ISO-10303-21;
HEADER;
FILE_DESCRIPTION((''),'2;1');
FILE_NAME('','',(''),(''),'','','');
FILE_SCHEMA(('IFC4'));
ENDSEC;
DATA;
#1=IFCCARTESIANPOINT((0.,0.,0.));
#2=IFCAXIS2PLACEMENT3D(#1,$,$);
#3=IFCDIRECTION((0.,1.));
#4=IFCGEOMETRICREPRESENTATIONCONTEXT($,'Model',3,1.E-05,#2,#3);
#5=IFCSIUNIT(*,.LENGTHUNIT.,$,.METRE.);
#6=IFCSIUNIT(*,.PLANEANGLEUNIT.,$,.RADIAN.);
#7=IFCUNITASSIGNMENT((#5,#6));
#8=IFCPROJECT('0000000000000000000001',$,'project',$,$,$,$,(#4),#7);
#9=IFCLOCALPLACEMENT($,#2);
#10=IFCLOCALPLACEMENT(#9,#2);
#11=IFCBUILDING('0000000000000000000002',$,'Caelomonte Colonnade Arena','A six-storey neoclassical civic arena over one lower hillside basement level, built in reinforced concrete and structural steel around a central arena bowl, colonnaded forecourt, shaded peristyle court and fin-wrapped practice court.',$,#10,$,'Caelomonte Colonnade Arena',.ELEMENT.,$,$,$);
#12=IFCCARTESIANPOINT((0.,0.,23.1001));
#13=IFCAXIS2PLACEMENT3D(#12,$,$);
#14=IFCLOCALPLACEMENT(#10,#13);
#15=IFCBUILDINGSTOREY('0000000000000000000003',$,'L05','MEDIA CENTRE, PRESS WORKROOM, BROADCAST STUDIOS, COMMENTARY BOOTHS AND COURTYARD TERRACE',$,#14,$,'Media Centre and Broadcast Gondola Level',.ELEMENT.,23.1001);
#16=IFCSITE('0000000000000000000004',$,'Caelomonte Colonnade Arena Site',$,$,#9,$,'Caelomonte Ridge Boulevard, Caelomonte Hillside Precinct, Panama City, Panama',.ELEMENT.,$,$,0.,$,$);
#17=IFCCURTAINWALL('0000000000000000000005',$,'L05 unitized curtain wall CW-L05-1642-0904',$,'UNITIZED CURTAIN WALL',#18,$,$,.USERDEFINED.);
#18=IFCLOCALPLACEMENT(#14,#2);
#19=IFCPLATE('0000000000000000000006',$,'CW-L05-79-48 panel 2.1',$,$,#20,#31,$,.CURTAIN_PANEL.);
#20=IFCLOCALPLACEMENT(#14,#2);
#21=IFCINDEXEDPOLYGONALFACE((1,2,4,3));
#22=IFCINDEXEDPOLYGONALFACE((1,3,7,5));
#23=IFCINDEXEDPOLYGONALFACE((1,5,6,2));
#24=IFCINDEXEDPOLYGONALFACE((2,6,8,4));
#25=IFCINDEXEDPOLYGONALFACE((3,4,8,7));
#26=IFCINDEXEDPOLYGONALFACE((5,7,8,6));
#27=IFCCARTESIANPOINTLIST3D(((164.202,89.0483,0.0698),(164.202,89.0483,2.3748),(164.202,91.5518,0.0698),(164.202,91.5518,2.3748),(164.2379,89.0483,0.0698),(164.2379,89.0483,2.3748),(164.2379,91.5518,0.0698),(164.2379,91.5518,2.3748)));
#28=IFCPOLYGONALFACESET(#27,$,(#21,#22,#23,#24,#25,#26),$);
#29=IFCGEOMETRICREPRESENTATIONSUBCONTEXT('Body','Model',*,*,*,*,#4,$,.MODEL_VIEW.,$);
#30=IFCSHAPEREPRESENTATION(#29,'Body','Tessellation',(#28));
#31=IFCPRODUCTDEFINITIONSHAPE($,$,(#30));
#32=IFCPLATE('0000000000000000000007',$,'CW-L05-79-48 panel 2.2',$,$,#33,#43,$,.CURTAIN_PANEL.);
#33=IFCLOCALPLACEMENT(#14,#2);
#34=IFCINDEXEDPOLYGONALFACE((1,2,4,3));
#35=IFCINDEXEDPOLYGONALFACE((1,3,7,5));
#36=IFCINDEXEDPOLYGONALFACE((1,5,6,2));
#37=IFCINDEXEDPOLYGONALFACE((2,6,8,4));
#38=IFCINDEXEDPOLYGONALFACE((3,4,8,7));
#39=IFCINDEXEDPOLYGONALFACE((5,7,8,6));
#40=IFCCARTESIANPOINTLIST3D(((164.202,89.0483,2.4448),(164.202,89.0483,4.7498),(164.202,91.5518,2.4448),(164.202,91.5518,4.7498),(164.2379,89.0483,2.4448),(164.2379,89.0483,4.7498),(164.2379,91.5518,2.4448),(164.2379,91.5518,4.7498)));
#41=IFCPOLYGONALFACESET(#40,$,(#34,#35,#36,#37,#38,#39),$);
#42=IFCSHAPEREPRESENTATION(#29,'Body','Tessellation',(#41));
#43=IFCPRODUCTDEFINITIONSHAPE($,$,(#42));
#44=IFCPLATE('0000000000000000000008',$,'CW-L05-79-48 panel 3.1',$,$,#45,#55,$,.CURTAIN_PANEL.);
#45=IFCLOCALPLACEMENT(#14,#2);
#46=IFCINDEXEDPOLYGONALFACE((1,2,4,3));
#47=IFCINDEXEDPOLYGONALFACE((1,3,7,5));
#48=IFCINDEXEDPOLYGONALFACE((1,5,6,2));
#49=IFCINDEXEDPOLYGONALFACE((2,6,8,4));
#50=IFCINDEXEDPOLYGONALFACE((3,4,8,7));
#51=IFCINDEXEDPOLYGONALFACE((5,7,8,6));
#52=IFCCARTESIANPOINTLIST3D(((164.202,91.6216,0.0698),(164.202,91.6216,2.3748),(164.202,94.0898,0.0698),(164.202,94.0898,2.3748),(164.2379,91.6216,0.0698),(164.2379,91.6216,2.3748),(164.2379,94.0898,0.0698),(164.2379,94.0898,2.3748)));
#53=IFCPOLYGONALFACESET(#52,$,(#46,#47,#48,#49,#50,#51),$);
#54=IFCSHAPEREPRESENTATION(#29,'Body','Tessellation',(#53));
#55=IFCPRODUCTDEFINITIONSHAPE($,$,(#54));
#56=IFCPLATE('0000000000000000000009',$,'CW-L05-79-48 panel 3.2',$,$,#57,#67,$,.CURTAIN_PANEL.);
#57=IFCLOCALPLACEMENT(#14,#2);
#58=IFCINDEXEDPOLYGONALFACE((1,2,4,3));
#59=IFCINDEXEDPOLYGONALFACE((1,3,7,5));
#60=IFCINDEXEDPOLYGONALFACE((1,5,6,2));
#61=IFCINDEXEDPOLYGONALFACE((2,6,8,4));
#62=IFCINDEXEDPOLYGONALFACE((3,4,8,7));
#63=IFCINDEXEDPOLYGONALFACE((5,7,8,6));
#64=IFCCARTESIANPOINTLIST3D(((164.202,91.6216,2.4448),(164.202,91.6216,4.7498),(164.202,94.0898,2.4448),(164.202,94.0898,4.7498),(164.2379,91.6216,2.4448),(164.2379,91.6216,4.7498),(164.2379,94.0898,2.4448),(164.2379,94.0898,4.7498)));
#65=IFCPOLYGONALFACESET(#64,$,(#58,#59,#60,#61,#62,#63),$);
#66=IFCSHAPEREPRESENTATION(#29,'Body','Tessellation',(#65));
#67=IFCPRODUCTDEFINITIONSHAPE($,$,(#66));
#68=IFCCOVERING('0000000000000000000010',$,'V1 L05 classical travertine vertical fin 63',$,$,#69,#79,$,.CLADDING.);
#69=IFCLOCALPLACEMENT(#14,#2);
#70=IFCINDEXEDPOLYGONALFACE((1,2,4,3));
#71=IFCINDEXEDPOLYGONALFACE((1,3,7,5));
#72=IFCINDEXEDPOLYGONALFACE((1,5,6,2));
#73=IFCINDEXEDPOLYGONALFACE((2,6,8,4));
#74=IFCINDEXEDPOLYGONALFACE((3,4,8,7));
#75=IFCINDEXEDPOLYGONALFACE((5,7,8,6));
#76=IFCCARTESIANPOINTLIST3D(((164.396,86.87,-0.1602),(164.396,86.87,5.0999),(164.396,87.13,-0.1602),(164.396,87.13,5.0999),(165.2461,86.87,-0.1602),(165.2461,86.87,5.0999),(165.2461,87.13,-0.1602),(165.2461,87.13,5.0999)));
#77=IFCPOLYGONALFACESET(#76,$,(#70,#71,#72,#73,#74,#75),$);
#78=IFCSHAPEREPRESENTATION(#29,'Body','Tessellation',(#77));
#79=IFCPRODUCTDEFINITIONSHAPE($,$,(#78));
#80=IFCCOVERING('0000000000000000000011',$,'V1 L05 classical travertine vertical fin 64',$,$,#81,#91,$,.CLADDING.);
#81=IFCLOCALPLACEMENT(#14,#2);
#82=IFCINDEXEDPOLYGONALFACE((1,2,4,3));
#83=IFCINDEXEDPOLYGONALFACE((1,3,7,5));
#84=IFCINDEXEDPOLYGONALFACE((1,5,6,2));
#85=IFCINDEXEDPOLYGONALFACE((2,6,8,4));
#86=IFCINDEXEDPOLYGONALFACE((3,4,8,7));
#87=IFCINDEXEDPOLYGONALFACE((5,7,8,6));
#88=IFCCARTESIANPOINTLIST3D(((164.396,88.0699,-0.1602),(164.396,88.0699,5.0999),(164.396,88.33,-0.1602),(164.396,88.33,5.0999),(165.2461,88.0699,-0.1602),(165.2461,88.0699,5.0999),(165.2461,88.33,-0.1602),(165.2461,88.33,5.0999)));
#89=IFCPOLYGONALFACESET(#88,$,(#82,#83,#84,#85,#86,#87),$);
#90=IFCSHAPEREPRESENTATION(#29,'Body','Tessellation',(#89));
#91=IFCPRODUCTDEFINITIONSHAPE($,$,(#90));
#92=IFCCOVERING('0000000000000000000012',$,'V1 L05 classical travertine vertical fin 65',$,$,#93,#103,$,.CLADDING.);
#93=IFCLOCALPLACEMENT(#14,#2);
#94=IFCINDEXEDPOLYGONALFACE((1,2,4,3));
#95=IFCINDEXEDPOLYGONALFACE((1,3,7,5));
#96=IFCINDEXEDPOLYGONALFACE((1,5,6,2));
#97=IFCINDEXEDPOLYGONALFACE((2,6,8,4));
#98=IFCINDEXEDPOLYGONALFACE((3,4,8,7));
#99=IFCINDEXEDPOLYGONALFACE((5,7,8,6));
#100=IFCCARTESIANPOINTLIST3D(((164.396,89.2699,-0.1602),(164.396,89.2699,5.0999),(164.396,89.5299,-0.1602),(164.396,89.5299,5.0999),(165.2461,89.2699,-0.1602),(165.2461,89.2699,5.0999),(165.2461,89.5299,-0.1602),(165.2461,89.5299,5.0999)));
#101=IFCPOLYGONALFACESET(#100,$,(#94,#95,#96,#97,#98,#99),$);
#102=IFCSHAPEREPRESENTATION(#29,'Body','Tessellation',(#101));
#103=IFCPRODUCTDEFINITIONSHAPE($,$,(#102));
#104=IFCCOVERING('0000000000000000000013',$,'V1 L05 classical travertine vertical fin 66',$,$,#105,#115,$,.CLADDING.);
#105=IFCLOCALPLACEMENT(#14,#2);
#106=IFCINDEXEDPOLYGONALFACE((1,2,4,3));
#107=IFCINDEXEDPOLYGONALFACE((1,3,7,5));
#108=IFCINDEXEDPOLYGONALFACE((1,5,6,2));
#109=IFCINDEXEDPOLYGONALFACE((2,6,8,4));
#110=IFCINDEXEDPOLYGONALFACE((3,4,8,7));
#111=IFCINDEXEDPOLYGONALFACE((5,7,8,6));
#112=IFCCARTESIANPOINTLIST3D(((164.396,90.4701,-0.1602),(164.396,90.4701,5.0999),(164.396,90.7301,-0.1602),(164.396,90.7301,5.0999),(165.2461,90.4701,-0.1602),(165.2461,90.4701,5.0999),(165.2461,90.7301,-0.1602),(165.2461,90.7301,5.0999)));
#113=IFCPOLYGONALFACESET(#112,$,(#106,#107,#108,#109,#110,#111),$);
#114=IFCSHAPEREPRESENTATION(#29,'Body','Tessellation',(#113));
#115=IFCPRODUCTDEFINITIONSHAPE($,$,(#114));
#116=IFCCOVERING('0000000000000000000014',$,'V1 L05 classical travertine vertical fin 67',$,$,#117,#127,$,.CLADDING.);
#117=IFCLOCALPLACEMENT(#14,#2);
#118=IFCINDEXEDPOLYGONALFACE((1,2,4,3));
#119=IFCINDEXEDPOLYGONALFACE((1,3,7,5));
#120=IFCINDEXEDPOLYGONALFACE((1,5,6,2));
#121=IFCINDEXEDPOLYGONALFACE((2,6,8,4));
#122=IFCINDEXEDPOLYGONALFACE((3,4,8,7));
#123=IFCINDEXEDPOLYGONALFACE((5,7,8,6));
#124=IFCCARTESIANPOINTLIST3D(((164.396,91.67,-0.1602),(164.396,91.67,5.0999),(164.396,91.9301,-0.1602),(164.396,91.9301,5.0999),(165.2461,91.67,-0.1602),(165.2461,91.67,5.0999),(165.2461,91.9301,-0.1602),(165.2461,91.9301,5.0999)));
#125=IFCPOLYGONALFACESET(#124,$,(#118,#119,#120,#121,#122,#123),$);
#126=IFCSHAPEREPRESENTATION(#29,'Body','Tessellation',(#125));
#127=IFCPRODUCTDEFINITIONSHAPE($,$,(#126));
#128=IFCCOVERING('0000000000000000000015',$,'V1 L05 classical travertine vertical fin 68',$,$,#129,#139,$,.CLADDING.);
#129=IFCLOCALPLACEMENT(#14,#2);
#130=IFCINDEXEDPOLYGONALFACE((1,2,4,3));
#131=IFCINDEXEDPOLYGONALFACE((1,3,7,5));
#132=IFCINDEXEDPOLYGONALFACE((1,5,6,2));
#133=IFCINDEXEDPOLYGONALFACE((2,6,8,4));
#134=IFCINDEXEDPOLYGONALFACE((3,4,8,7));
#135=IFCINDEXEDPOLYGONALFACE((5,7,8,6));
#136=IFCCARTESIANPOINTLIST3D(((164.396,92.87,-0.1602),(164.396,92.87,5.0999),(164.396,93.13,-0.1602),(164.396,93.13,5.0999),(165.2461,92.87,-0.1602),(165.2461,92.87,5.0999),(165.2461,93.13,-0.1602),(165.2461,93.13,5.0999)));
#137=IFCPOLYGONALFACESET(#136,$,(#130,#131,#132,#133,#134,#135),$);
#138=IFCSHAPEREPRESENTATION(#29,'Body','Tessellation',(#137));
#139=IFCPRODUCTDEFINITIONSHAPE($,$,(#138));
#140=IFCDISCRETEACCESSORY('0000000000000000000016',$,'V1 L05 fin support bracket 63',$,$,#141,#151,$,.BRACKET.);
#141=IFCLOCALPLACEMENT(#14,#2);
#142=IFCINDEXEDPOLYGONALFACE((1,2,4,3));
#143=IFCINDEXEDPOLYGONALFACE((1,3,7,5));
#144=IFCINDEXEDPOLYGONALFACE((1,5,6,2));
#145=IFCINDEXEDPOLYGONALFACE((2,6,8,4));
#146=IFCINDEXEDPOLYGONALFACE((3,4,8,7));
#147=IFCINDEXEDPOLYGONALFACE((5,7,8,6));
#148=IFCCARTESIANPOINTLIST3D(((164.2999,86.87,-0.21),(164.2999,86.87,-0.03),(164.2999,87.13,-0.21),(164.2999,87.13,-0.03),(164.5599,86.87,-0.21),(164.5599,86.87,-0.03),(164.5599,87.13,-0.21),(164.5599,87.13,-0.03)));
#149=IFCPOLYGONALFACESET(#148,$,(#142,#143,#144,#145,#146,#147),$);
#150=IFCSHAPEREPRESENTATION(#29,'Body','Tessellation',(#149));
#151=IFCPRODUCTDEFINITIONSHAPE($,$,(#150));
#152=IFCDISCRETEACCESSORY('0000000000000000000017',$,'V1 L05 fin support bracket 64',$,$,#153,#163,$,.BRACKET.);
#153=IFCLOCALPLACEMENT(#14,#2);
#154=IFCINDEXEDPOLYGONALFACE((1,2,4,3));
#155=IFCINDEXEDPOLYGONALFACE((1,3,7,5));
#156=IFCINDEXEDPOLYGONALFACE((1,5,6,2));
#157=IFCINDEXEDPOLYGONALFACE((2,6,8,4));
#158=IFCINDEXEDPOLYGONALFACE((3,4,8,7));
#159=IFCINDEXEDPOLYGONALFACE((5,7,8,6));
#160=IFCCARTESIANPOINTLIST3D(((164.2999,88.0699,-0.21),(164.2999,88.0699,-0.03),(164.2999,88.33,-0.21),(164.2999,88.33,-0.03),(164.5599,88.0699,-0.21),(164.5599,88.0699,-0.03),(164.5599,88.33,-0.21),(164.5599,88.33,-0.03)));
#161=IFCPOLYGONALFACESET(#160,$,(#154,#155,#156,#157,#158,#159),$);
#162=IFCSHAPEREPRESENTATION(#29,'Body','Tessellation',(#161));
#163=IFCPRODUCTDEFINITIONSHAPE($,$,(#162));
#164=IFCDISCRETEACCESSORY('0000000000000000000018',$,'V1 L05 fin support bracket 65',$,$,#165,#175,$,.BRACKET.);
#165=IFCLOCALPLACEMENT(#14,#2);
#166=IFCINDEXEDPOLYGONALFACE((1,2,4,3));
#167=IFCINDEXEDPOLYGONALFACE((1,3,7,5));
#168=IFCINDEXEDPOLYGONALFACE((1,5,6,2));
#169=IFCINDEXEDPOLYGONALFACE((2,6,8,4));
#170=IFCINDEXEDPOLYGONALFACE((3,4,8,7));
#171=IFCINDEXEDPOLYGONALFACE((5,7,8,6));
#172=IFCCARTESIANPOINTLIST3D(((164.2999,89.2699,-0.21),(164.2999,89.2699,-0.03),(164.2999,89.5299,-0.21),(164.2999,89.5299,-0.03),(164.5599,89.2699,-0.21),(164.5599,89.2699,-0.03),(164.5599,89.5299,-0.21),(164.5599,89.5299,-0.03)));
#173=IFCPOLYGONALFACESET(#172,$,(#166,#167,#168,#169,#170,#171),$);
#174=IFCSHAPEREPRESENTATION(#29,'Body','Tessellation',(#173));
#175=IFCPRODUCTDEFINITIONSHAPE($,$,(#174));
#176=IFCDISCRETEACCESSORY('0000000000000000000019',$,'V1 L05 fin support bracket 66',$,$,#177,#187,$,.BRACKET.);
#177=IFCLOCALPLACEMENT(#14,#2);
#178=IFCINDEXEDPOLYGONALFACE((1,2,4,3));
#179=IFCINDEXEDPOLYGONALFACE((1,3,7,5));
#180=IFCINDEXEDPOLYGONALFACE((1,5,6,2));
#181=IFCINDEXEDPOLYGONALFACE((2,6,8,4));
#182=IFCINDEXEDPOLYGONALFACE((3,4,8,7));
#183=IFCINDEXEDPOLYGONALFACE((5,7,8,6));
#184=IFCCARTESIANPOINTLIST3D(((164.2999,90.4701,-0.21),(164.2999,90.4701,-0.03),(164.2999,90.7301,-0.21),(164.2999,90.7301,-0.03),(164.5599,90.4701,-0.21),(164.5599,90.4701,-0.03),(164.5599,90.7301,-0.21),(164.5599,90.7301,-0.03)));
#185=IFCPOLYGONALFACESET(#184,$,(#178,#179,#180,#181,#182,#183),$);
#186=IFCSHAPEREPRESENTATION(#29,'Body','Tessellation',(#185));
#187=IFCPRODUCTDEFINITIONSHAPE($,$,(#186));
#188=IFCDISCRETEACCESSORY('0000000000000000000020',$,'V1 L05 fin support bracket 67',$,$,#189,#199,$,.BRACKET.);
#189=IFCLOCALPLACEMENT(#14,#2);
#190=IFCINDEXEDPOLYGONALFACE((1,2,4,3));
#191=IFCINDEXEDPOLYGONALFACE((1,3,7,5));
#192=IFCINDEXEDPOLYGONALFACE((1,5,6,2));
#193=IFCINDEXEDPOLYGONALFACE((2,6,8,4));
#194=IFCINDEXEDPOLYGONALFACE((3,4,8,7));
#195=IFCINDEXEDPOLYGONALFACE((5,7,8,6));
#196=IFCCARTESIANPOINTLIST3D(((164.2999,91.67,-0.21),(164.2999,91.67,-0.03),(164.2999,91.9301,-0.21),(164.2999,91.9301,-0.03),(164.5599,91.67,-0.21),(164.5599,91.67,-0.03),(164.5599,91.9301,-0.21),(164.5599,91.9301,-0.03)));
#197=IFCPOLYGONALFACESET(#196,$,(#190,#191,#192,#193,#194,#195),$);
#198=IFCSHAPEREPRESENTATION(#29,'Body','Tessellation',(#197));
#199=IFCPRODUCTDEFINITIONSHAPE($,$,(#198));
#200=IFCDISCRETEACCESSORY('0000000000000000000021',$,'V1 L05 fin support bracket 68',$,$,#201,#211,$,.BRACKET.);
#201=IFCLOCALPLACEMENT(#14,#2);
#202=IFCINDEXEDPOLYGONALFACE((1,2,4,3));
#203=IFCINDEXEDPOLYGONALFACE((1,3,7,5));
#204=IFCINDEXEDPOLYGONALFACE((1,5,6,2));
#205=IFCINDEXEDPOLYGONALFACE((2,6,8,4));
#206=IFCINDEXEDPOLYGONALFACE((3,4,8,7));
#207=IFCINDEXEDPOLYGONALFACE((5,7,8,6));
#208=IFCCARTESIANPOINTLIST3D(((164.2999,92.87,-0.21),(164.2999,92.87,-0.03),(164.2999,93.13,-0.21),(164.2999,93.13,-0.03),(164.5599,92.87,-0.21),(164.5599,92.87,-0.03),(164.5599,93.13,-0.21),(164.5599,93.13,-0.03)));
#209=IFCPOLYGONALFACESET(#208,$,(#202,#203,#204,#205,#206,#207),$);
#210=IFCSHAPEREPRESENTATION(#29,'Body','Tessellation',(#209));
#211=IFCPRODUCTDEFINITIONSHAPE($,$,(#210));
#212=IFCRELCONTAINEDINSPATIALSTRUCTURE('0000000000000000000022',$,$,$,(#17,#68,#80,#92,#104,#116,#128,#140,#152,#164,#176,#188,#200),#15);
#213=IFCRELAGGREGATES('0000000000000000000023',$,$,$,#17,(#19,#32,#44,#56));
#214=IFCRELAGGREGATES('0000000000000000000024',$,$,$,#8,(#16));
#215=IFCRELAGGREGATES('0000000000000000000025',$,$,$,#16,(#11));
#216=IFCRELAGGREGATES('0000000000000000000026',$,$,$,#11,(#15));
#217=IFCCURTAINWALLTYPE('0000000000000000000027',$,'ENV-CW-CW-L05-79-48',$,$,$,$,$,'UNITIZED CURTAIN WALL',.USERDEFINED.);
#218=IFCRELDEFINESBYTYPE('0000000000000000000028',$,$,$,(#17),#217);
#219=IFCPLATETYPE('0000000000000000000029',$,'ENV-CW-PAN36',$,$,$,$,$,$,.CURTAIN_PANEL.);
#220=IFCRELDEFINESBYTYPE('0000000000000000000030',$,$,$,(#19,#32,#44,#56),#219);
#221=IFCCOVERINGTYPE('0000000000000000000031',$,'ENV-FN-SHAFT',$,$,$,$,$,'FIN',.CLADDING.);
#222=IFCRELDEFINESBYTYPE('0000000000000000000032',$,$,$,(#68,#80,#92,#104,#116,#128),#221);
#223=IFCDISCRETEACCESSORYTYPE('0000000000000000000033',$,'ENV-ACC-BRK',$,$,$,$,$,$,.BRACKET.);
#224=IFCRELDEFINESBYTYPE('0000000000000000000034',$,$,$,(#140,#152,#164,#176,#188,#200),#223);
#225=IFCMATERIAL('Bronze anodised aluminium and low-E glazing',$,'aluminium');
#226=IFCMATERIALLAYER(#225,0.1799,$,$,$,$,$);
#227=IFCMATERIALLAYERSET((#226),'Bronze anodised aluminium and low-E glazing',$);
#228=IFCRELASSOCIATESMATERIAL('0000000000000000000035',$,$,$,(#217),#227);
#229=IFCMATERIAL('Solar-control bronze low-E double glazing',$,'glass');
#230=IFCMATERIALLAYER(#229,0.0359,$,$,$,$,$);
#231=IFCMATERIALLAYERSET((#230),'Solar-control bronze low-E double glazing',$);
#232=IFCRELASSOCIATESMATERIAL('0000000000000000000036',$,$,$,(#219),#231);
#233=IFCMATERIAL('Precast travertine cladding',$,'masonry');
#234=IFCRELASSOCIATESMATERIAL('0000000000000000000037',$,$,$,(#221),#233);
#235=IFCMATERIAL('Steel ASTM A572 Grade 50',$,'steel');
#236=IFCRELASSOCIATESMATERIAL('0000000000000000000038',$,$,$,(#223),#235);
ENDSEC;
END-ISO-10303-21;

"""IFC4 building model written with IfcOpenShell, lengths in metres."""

from ifc_helpers import new_model, si_unit, direction, frame, origin, origin_2d, place, context, subcontext, project, spatial, rectangle, extrude, material, layer, layer_set, material_profile, profile_set, type_object, element, aggregate, save


model = new_model("IFC4")

# Units and contexts
model_context = context("Model", 3, precision=1e-05, world=origin(), true_north=direction((0.0, 1.0)))
body_context = subcontext(model_context, "Body", "Model", "MODEL_VIEW")
ifc_project = project(units=[si_unit("LENGTHUNIT", "METRE"), si_unit("PLANEANGLEUNIT", "RADIAN")], contexts=[model_context])

# Site, building, storey
site_placement = place(None, origin())
site = spatial("IfcSite", under=ifc_project, at=site_placement, Name="Caelomonte Colonnade Arena Site", LongName="Caelomonte Ridge Boulevard, Caelomonte Hillside Precinct, Panama City, Panama", CompositionType="ELEMENT", RefElevation=0.0)
building_placement = place(site_placement, origin())
building = spatial("IfcBuilding", under=site, at=building_placement, Name="Caelomonte Colonnade Arena", Description="A six-storey neoclassical civic arena over one lower hillside basement level, built in reinforced concrete and structural steel around a central arena bowl, colonnaded forecourt, shaded peristyle court and fin-wrapped practice court.", LongName="Caelomonte Colonnade Arena", CompositionType="ELEMENT")
storey_placement = place(building_placement, frame((0.0, 0.0, 23.1001)))
storey = spatial("IfcBuildingStorey", under=building, at=storey_placement, Name="L05", Description="MEDIA CENTRE, PRESS WORKROOM, BROADCAST STUDIOS, COMMENTARY BOOTHS AND COURTYARD TERRACE", LongName="Media Centre and Broadcast Gondola Level", CompositionType="ELEMENT", Elevation=23.1001)

# Curtain wall
ifc_material_1 = material(Name="Bronze anodised aluminium and low-E glazing", Category="aluminium")
ifc_layer_1 = layer(ifc_material_1, 0.1799)
ifc_layer_set_1 = layer_set([ifc_layer_1], Name="Bronze anodised aluminium and low-E glazing")
curtain_wall_type = type_object("IfcCurtainWallType", Name="ENV-CW-CW-L05-79-48", ElementType="UNITIZED CURTAIN WALL", PredefinedType="USERDEFINED", material=ifc_layer_set_1)
curtain_wall_placement = place(storey_placement, origin())
curtain_wall = element("IfcCurtainWall", 1, at=curtain_wall_placement, inside=storey, type_object=curtain_wall_type, Name="L05 unitized curtain wall CW-L05-1642-0904", ObjectType="UNITIZED CURTAIN WALL", PredefinedType="USERDEFINED")

# Plates
ifc_material_2 = material(Name="Solar-control bronze low-E double glazing", Category="glass")
ifc_layer_2 = layer(ifc_material_2, 0.0359)
ifc_layer_set_2 = layer_set([ifc_layer_2], Name="Solar-control bronze low-E double glazing")
plate_type = type_object("IfcPlateType", Name="ENV-CW-PAN36", PredefinedType="CURTAIN_PANEL", material=ifc_layer_set_2)
plate_1_placement = place(storey_placement, frame((164.22, 90.3, 0.0698), z_axis=(0.0, 0.0, 1.0), x_axis=(0.0, 1.0, 0.0)))
plate_1 = element("IfcPlate", 2, at=plate_1_placement, type_object=plate_type, Name="CW-L05-79-48 panel 2.1", PredefinedType="CURTAIN_PANEL", context=body_context, shape_type="SweptSolid", body=[
    extrude(rectangle(XDim=2.5034, YDim=0.0359, at=origin_2d()), origin(), (0.0, 0.0, 1.0), 2.3049),
])
plate_2_placement = place(storey_placement, frame((164.22, 90.3, 2.4448), z_axis=(0.0, 0.0, 1.0), x_axis=(0.0, 1.0, 0.0)))
plate_2 = element("IfcPlate", 3, at=plate_2_placement, type_object=plate_type, Name="CW-L05-79-48 panel 2.2", PredefinedType="CURTAIN_PANEL", context=body_context, shape_type="SweptSolid", body=[
    extrude(rectangle(XDim=2.5034, YDim=0.0359, at=origin_2d()), origin(), (0.0, 0.0, 1.0), 2.3049),
])
plate_3_placement = place(storey_placement, frame((164.22, 92.8557, 0.0698), z_axis=(0.0, 0.0, 1.0), x_axis=(0.0, 1.0, 0.0)))
plate_3 = element("IfcPlate", 4, at=plate_3_placement, type_object=plate_type, Name="CW-L05-79-48 panel 3.1", PredefinedType="CURTAIN_PANEL", context=body_context, shape_type="SweptSolid", body=[
    extrude(rectangle(XDim=2.4683, YDim=0.0359, at=origin_2d()), origin(), (0.0, 0.0, 1.0), 2.3049),
])
plate_4_placement = place(storey_placement, frame((164.22, 92.8557, 2.4448), z_axis=(0.0, 0.0, 1.0), x_axis=(0.0, 1.0, 0.0)))
plate_4 = element("IfcPlate", 5, at=plate_4_placement, type_object=plate_type, Name="CW-L05-79-48 panel 3.2", PredefinedType="CURTAIN_PANEL", context=body_context, shape_type="SweptSolid", body=[
    extrude(rectangle(XDim=2.4683, YDim=0.0359, at=origin_2d()), origin(), (0.0, 0.0, 1.0), 2.3049),
])
aggregate(curtain_wall, [plate_1, plate_2, plate_3, plate_4])

# Coverings
ifc_material_3 = material(Name="Precast travertine cladding", Category="masonry")
ifc_material_profile_1 = material_profile(ifc_material_3, rectangle(XDim=0.26, YDim=0.8501, at=origin_2d()), Name="FIN260X850")
ifc_profile_set_1 = profile_set([ifc_material_profile_1], Name="Precast travertine cladding")
covering_type = type_object("IfcCoveringType", Name="ENV-FN-SHAFT", ElementType="FIN", PredefinedType="CLADDING", material=ifc_profile_set_1)
for number, where, z_axis, x_axis, name in (
    (6, (164.821, 87.0, -0.1602), (0.0, 0.0, 1.0), (0.0, -1.0, 0.0), "V1 L05 classical travertine vertical fin 63"),
    (7, (164.821, 88.2, -0.1602), (0.0, 0.0, 1.0), (0.0, -1.0, 0.0), "V1 L05 classical travertine vertical fin 64"),
    (8, (164.821, 89.3999, -0.1602), (0.0, 0.0, 1.0), (0.0, -1.0, 0.0), "V1 L05 classical travertine vertical fin 65"),
    (9, (164.821, 90.6001, -0.1602), (0.0, 0.0, 1.0), (0.0, -1.0, 0.0), "V1 L05 classical travertine vertical fin 66"),
    (10, (164.821, 91.8, -0.1602), (0.0, 0.0, 1.0), (0.0, -1.0, 0.0), "V1 L05 classical travertine vertical fin 67"),
    (11, (164.821, 93.0, -0.1602), (0.0, 0.0, 1.0), (0.0, -1.0, 0.0), "V1 L05 classical travertine vertical fin 68"),
):
    element("IfcCovering", number, at=place(storey_placement, frame(where, z_axis=z_axis, x_axis=x_axis)), inside=storey, type_object=covering_type, Name=name, PredefinedType="CLADDING", context=body_context, shape_type="SweptSolid", body=[
        extrude(rectangle(XDim=0.26, YDim=0.8501, at=origin_2d()), origin(), (0.0, 0.0, 1.0), 5.26),
    ])

# Discrete accessories
ifc_material_4 = material(Name="Steel ASTM A572 Grade 50", Category="steel")
discrete_accessory_type = type_object("IfcDiscreteAccessoryType", Name="ENV-ACC-BRK", PredefinedType="BRACKET", material=ifc_material_4)
for number, where, z_axis, x_axis, name in (
    (12, (164.4299, 87.0, -0.21), (0.0, 0.0, 1.0), (0.0, 1.0, 0.0), "V1 L05 fin support bracket 63"),
    (13, (164.4299, 88.2, -0.21), (0.0, 0.0, 1.0), (0.0, 1.0, 0.0), "V1 L05 fin support bracket 64"),
    (14, (164.4299, 89.3999, -0.21), (0.0, 0.0, 1.0), (0.0, 1.0, 0.0), "V1 L05 fin support bracket 65"),
    (15, (164.4299, 90.6001, -0.21), (0.0, 0.0, 1.0), (0.0, 1.0, 0.0), "V1 L05 fin support bracket 66"),
    (16, (164.4299, 91.8, -0.21), (0.0, 0.0, 1.0), (0.0, 1.0, 0.0), "V1 L05 fin support bracket 67"),
    (17, (164.4299, 93.0, -0.21), (0.0, 0.0, 1.0), (0.0, 1.0, 0.0), "V1 L05 fin support bracket 68"),
):
    element("IfcDiscreteAccessory", number, at=place(storey_placement, frame(where, z_axis=z_axis, x_axis=x_axis)), inside=storey, type_object=discrete_accessory_type, Name=name, PredefinedType="BRACKET", context=body_context, shape_type="SweptSolid", body=[
        extrude(rectangle(XDim=0.26, YDim=0.26, at=origin_2d()), origin(), (0.0, 0.0, 1.0), 0.1799),
    ])

save(model, "model.ifc")
